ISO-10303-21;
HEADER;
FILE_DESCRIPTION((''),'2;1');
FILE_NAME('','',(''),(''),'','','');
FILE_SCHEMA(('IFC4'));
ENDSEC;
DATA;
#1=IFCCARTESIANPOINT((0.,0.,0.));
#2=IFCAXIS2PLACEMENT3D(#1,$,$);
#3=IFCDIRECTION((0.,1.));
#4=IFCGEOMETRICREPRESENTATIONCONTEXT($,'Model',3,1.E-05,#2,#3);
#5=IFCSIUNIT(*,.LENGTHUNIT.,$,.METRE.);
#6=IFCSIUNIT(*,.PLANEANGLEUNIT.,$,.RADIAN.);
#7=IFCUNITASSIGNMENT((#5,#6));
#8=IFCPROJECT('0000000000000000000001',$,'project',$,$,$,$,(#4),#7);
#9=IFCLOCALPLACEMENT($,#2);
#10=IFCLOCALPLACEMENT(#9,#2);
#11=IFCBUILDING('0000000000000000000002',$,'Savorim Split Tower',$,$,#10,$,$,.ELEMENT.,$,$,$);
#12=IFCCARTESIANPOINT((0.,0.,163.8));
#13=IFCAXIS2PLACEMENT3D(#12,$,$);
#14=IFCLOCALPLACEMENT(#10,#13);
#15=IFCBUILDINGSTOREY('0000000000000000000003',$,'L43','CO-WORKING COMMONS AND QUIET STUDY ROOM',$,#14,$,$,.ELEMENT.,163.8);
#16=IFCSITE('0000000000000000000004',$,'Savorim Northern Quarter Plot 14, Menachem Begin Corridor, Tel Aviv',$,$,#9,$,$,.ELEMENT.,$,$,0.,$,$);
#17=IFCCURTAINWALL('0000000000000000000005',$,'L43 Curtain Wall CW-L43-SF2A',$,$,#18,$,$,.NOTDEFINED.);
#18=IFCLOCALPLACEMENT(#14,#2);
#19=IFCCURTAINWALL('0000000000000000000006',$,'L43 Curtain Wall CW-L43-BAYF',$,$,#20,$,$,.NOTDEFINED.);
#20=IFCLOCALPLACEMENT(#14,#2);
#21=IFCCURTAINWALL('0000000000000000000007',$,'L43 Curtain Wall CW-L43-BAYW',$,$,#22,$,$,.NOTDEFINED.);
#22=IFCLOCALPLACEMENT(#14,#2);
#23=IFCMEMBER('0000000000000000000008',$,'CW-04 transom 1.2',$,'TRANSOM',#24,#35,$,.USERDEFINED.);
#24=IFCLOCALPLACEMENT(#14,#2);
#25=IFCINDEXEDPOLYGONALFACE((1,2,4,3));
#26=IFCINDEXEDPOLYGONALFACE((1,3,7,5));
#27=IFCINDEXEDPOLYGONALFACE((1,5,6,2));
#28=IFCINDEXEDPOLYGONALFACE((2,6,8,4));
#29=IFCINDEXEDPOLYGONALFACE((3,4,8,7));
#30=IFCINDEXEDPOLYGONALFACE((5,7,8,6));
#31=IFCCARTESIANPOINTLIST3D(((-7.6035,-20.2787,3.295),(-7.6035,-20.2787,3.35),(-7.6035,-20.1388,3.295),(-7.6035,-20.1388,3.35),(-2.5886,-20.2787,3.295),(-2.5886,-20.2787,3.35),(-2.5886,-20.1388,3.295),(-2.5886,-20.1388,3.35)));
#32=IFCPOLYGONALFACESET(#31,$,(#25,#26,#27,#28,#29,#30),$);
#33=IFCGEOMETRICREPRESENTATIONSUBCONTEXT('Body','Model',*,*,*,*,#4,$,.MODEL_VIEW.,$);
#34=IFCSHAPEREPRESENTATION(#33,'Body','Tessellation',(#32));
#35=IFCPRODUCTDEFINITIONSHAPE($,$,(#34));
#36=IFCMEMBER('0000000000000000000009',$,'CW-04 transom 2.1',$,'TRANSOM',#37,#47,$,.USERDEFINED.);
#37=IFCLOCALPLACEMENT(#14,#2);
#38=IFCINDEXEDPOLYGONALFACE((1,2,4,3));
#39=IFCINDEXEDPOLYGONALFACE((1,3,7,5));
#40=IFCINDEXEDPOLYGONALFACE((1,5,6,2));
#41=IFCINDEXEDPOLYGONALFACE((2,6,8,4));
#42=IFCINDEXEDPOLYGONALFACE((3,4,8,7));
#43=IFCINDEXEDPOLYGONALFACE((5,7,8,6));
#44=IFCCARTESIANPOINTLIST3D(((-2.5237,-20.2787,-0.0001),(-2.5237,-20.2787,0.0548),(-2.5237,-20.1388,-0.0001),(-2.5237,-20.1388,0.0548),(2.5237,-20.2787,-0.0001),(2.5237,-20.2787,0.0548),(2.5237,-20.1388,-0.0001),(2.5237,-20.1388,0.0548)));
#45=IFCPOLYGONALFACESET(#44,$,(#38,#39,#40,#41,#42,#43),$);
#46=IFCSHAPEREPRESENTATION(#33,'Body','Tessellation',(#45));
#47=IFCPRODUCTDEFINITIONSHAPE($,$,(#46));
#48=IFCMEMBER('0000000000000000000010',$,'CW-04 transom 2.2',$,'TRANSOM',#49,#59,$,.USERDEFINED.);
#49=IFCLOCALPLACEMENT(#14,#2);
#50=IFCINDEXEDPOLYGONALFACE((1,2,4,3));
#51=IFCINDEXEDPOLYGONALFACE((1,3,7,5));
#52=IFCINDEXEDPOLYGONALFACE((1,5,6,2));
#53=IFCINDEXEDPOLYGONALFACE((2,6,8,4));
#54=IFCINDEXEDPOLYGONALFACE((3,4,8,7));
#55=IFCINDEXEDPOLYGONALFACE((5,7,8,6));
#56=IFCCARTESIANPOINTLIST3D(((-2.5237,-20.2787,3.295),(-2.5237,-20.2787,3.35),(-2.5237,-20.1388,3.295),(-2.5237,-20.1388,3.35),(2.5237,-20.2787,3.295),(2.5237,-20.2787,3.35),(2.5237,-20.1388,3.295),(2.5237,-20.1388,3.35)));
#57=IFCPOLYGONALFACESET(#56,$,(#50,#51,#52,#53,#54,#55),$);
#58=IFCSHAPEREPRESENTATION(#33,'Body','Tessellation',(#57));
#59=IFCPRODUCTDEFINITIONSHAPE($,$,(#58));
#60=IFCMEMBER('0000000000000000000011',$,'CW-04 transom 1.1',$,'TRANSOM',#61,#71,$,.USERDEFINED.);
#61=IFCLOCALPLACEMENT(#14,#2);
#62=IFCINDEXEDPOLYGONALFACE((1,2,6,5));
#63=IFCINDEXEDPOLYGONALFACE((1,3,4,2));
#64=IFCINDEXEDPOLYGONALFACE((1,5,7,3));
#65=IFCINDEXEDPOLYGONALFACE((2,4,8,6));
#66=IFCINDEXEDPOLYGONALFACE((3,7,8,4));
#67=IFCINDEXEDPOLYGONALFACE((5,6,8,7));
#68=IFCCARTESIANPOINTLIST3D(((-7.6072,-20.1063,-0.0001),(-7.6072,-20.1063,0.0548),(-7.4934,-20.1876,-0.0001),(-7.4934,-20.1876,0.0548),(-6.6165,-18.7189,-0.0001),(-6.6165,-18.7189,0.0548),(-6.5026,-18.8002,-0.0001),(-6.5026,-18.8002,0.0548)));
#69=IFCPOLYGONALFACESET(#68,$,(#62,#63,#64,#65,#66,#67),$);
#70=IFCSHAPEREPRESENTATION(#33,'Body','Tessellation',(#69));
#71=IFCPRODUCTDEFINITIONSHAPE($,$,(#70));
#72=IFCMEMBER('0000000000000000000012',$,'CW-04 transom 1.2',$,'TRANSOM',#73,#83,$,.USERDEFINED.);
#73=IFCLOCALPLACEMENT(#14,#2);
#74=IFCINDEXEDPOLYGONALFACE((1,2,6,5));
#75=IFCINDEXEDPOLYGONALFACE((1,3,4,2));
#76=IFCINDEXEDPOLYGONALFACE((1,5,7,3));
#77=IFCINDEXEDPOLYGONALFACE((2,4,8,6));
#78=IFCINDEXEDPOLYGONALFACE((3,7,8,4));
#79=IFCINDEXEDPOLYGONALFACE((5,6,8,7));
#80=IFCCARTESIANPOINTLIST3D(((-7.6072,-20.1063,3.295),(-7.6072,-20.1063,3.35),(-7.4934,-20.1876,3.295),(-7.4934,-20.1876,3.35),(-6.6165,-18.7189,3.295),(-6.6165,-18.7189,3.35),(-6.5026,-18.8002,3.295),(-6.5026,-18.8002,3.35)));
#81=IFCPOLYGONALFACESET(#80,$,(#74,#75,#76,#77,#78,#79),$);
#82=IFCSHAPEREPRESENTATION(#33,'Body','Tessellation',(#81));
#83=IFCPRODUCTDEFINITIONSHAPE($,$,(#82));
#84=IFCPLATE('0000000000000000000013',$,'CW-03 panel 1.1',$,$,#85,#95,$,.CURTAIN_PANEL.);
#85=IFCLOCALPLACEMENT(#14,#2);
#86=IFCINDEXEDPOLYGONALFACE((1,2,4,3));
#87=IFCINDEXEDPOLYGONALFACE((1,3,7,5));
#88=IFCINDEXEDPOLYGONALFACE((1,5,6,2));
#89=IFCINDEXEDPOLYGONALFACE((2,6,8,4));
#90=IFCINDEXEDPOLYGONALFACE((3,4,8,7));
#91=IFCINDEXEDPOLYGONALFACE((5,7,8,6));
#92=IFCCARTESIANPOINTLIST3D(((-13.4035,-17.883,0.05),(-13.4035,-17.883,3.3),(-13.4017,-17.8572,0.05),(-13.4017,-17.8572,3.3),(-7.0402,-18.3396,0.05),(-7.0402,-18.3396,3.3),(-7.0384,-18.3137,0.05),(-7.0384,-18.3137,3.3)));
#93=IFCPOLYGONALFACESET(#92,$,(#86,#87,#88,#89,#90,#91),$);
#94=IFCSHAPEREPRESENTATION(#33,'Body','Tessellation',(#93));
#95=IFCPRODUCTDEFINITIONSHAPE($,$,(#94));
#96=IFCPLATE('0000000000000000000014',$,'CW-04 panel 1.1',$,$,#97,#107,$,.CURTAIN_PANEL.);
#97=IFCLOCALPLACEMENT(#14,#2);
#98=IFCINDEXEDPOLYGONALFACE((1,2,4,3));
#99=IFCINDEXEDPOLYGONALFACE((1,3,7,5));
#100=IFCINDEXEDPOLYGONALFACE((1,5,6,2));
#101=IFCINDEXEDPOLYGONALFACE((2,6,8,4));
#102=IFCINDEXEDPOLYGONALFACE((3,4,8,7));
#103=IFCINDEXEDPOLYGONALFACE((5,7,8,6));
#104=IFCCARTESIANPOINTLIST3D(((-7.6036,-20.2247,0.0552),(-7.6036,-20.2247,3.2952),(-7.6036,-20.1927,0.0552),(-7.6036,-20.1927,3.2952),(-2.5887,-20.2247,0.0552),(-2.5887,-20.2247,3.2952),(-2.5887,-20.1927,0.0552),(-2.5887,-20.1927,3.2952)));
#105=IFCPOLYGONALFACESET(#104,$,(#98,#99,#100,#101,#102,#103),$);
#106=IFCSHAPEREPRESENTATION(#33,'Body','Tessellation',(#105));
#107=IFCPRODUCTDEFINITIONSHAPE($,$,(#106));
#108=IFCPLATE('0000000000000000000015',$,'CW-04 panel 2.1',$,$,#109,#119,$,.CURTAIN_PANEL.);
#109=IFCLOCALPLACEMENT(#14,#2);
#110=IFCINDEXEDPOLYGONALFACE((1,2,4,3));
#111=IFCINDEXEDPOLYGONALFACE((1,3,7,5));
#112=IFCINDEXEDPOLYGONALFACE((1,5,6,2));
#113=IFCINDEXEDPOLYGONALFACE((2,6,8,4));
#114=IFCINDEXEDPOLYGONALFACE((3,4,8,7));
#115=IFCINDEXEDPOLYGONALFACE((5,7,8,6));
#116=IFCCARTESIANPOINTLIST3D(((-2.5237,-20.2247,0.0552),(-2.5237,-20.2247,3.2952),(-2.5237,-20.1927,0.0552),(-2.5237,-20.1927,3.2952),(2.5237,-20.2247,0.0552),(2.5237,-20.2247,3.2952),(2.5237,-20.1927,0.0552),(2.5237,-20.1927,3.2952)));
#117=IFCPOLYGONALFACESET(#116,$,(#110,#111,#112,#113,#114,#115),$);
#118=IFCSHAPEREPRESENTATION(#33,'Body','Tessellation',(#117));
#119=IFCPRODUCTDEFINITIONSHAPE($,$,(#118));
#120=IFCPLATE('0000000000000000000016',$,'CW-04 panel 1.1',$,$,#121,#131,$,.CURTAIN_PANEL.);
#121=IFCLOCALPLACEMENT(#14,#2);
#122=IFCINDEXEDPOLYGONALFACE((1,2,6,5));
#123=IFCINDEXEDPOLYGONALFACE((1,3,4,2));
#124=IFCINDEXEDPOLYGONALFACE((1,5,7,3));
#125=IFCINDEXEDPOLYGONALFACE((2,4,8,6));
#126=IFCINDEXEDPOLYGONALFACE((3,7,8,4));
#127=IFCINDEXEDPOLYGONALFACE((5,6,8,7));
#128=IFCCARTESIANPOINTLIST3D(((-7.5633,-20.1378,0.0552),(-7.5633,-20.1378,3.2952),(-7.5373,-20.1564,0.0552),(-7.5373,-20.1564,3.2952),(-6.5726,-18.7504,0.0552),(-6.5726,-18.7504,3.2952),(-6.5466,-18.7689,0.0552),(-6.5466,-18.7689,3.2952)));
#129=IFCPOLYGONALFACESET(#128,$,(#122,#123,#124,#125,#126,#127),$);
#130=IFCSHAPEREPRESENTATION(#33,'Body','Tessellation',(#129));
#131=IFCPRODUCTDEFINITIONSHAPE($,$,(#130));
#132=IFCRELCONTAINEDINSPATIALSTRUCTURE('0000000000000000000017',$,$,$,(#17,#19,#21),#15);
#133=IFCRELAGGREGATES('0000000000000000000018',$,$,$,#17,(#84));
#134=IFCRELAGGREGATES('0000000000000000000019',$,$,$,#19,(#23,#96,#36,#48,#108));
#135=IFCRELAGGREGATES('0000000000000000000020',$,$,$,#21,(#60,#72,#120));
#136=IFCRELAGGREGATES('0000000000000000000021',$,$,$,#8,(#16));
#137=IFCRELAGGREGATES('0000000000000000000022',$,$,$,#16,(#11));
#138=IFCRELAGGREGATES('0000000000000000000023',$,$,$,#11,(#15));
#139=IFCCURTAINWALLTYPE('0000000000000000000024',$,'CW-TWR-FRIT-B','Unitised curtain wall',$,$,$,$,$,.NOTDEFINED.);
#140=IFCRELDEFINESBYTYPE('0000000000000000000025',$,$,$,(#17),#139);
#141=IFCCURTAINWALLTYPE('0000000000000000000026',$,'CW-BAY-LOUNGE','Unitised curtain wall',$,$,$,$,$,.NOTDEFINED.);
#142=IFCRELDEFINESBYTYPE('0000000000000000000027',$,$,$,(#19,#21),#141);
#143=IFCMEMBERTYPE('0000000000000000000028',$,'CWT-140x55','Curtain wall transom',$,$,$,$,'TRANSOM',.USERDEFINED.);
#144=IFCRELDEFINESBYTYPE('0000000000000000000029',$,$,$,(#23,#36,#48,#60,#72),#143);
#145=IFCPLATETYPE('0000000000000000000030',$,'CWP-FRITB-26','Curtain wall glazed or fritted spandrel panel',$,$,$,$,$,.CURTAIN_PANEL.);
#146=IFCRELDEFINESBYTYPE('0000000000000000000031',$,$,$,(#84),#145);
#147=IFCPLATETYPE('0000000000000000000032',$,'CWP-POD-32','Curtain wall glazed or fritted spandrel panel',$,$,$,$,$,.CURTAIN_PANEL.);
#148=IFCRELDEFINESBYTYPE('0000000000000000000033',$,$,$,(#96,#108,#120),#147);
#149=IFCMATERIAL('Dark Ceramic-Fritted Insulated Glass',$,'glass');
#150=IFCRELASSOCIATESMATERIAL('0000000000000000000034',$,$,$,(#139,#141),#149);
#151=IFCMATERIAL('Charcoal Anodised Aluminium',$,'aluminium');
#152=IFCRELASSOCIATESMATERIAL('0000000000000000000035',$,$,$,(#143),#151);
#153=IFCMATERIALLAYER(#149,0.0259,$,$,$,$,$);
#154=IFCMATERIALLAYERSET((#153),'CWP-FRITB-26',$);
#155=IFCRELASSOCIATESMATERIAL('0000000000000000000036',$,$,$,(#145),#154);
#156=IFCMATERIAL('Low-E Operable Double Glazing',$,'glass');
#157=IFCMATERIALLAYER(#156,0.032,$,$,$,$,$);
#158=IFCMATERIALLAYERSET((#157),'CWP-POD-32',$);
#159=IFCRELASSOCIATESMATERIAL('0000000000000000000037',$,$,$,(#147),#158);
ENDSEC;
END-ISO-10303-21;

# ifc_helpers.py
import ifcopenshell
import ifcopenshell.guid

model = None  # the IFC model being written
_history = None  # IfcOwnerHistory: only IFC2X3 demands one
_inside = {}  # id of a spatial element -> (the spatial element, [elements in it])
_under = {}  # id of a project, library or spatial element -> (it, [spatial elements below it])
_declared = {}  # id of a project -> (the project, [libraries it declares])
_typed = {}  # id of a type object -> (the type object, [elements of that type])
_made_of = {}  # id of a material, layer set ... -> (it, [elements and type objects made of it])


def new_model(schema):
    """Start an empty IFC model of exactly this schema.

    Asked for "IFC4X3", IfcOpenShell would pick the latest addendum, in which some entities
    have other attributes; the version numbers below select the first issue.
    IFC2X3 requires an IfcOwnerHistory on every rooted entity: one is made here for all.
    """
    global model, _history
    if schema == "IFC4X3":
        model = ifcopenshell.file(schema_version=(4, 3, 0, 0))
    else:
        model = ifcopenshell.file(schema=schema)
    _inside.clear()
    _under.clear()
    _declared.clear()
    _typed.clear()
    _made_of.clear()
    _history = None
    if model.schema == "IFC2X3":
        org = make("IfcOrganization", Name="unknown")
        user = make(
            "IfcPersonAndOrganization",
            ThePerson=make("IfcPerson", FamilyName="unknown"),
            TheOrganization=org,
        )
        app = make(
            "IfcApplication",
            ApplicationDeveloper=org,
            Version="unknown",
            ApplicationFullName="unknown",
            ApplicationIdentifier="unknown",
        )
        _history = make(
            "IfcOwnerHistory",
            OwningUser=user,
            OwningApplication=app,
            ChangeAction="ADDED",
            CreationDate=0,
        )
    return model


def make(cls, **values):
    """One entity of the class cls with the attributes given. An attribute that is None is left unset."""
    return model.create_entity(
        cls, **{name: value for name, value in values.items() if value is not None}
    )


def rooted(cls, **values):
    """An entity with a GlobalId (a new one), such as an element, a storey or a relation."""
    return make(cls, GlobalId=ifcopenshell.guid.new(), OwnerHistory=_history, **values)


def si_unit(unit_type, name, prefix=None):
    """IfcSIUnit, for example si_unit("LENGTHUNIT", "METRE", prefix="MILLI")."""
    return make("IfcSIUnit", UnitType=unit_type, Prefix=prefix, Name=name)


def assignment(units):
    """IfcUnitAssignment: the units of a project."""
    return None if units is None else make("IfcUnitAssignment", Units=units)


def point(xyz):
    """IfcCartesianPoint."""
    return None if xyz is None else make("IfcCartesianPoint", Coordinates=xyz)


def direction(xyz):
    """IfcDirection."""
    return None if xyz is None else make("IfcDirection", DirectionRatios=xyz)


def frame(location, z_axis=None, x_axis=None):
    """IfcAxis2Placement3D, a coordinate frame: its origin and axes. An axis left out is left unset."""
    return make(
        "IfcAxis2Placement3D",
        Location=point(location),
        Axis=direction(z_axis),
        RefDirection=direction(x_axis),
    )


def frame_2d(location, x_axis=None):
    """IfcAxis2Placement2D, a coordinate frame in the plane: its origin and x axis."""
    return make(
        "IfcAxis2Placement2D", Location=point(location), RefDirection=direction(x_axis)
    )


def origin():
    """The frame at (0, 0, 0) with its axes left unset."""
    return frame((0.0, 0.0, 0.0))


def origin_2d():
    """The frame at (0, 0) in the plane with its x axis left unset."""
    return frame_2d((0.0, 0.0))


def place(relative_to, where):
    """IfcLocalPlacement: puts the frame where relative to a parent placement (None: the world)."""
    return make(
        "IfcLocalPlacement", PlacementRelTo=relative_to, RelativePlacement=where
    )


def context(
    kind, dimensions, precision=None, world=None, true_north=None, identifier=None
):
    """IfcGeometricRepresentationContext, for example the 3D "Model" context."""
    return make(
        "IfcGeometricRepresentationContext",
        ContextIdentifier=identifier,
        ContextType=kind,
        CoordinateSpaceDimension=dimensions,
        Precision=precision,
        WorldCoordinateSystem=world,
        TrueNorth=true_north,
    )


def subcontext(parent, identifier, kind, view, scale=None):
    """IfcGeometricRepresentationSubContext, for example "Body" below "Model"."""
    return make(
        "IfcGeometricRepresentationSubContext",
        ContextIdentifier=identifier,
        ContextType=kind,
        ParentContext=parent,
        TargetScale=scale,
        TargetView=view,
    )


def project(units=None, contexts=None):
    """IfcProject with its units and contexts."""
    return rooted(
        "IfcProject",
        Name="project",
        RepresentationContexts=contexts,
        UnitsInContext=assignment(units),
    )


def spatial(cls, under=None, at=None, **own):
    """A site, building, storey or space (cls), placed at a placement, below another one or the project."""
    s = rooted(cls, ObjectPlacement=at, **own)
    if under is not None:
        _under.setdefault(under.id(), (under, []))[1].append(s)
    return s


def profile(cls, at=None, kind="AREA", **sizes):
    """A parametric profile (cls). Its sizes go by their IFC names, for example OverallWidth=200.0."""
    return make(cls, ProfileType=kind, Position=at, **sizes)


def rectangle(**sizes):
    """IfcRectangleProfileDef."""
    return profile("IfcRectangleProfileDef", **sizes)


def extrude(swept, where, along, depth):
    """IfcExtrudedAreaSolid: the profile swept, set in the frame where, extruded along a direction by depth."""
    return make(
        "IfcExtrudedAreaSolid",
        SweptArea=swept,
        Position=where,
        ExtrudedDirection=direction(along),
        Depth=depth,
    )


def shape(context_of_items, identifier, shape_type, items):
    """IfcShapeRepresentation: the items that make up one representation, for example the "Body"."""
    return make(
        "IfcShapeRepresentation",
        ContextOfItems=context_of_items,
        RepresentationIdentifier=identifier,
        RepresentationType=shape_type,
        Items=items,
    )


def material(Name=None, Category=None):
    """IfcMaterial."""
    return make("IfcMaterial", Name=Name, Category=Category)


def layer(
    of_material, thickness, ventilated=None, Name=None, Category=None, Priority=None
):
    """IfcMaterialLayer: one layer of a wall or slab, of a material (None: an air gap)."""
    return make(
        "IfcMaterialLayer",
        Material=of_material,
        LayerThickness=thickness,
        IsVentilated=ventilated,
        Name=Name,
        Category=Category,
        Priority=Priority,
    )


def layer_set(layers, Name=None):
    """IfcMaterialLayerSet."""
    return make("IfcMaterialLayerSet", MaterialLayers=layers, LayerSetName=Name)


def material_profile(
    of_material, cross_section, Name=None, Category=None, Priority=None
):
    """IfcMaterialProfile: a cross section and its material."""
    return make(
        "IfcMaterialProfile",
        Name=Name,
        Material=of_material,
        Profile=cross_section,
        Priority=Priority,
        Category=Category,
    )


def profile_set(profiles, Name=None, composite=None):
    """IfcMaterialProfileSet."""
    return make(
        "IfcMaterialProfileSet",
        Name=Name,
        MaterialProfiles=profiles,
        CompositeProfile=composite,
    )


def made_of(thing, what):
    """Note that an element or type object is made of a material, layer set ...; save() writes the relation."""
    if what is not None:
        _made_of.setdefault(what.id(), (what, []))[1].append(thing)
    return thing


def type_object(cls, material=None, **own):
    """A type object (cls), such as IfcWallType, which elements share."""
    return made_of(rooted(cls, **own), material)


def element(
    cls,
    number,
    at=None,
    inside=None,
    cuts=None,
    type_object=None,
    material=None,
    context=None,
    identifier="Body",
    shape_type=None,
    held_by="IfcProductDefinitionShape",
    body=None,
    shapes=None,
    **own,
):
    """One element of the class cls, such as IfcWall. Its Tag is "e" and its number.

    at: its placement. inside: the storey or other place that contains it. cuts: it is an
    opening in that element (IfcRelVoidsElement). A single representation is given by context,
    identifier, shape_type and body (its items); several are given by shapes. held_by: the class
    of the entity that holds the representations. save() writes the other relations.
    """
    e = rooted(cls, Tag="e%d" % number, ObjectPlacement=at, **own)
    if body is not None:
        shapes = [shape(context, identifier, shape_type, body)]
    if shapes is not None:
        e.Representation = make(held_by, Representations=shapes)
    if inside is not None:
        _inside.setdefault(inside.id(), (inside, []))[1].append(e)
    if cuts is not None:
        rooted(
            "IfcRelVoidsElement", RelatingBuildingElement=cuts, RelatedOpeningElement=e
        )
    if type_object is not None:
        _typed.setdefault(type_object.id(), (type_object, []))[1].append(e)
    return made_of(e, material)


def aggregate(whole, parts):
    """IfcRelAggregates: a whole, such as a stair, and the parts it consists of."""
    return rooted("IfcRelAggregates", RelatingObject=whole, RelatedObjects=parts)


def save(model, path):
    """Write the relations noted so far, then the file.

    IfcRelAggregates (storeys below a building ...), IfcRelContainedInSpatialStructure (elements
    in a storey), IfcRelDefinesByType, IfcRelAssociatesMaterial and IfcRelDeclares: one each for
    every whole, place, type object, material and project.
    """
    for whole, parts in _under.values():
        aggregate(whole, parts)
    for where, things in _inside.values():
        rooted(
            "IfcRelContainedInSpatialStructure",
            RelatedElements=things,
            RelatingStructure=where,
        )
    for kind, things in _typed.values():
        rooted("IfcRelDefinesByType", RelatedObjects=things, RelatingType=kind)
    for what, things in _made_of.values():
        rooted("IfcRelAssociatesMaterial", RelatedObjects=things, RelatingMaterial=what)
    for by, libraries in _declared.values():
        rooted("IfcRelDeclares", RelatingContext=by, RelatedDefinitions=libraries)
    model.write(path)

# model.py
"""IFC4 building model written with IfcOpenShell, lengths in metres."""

from ifc_helpers import new_model, si_unit, direction, frame, origin, origin_2d, place, context, subcontext, project, spatial, rectangle, extrude, material, layer, layer_set, material_profile, profile_set, type_object, element, aggregate, save


model = new_model("IFC4")

# Units and contexts
model_context = context("Model", 3, precision=1e-05, world=origin(), true_north=direction((0.0, 1.0)))
body_context = subcontext(model_context, "Body", "Model", "MODEL_VIEW")
ifc_project = project(units=[si_unit("LENGTHUNIT", "METRE"), si_unit("PLANEANGLEUNIT", "RADIAN")], contexts=[model_context])

# Site, building, storey
site_placement = place(None, origin())
site = spatial("IfcSite", under=ifc_project, at=site_placement, Name="Savorim Northern Quarter Plot 14, Menachem Begin Corridor, Tel Aviv", CompositionType="ELEMENT", RefElevation=0.0)
building_placement = place(site_placement, origin())
building = spatial("IfcBuilding", under=site, at=building_placement, Name="Savorim Split Tower", CompositionType="ELEMENT")
storey_placement = place(building_placement, frame((0.0, 0.0, 163.8)))
storey = spatial("IfcBuildingStorey", under=building, at=storey_placement, Name="L43", Description="CO-WORKING COMMONS AND QUIET STUDY ROOM", CompositionType="ELEMENT", Elevation=163.8)

# Curtain wall
ifc_material_1 = material(Name="Dark Ceramic-Fritted Insulated Glass", Category="glass")
curtain_wall_type_1 = type_object("IfcCurtainWallType", Name="CW-TWR-FRIT-B", Description="Unitised curtain wall", PredefinedType="NOTDEFINED", material=ifc_material_1)
curtain_wall_1_placement = place(storey_placement, origin())
curtain_wall_1 = element("IfcCurtainWall", 1, at=curtain_wall_1_placement, inside=storey, type_object=curtain_wall_type_1, Name="L43 Curtain Wall CW-L43-SF2A", PredefinedType="NOTDEFINED")
ifc_material_2 = material(Name="Charcoal Anodised Aluminium", Category="aluminium")

# Curtain walls
curtain_wall_type_2 = type_object("IfcCurtainWallType", Name="CW-BAY-LOUNGE", Description="Unitised curtain wall", PredefinedType="NOTDEFINED", material=ifc_material_1)
curtain_wall_2_placement = place(storey_placement, origin())
curtain_wall_2 = element("IfcCurtainWall", 2, at=curtain_wall_2_placement, inside=storey, type_object=curtain_wall_type_2, Name="L43 Curtain Wall CW-L43-BAYF", PredefinedType="NOTDEFINED")
curtain_wall_3_placement = place(storey_placement, origin())
curtain_wall_3 = element("IfcCurtainWall", 3, at=curtain_wall_3_placement, inside=storey, type_object=curtain_wall_type_2, Name="L43 Curtain Wall CW-L43-BAYW", PredefinedType="NOTDEFINED")

# Members
ifc_material_profile_1 = material_profile(ifc_material_2, rectangle(XDim=0.1399, YDim=0.0549, at=origin_2d()), Name="ALU-T 140x55")
ifc_profile_set_1 = profile_set([ifc_material_profile_1], Name="Charcoal Anodised Aluminium")
member_type_1 = type_object("IfcMemberType", Name="CWT-140x55", Description="Curtain wall transom", ElementType="TRANSOM", PredefinedType="USERDEFINED", material=ifc_profile_set_1)
member_1_placement = place(storey_placement, frame((-7.6035, -20.2087, 3.3225), z_axis=(1.0, 0.0, 0.0), x_axis=(0.0, 1.0, 0.0)))
member_1 = element("IfcMember", 4, at=member_1_placement, type_object=member_type_1, Name="CW-04 transom 1.2", ObjectType="TRANSOM", PredefinedType="USERDEFINED", context=body_context, shape_type="SweptSolid", body=[
    extrude(rectangle(XDim=0.1399, YDim=0.0549, at=origin_2d()), origin(), (0.0, 0.0, 1.0), 5.0149),
])
member_2_placement = place(storey_placement, frame((-2.5237, -20.2087, 0.0273), z_axis=(1.0, 0.0, 0.0), x_axis=(0.0, 1.0, 0.0)))
member_2 = element("IfcMember", 5, at=member_2_placement, type_object=member_type_1, Name="CW-04 transom 2.1", ObjectType="TRANSOM", PredefinedType="USERDEFINED", context=body_context, shape_type="SweptSolid", body=[
    extrude(rectangle(XDim=0.1399, YDim=0.0549, at=origin_2d()), origin(), (0.0, 0.0, 1.0), 5.0474),
])
member_3_placement = place(storey_placement, frame((-2.5237, -20.2087, 3.3225), z_axis=(1.0, 0.0, 0.0), x_axis=(0.0, 1.0, 0.0)))
member_3 = element("IfcMember", 6, at=member_3_placement, type_object=member_type_1, Name="CW-04 transom 2.2", ObjectType="TRANSOM", PredefinedType="USERDEFINED", context=body_context, shape_type="SweptSolid", body=[
    extrude(rectangle(XDim=0.1399, YDim=0.0549, at=origin_2d()), origin(), (0.0, 0.0, 1.0), 5.0474),
])
member_4_placement = place(storey_placement, frame((-6.5596, -18.7595, 0.0273), z_axis=(-0.581116, -0.813821, 0.0), x_axis=(0.813821, -0.581116, 0.0)))
member_4 = element("IfcMember", 7, at=member_4_placement, type_object=member_type_1, Name="CW-04 transom 1.1", ObjectType="TRANSOM", PredefinedType="USERDEFINED", context=body_context, shape_type="SweptSolid", body=[
    extrude(rectangle(XDim=0.1399, YDim=0.0549, at=origin_2d()), origin(), (0.0, 0.0, 1.0), 1.7048),
])
member_5_placement = place(storey_placement, frame((-6.5596, -18.7595, 3.3225), z_axis=(-0.581116, -0.813821, 0.0), x_axis=(0.813821, -0.581116, 0.0)))
member_5 = element("IfcMember", 8, at=member_5_placement, type_object=member_type_1, Name="CW-04 transom 1.2", ObjectType="TRANSOM", PredefinedType="USERDEFINED", context=body_context, shape_type="SweptSolid", body=[
    extrude(rectangle(XDim=0.1399, YDim=0.0549, at=origin_2d()), origin(), (0.0, 0.0, 1.0), 1.7048),
])

# Plates
ifc_layer_1 = layer(ifc_material_1, 0.0259)
ifc_layer_set_1 = layer_set([ifc_layer_1], Name="CWP-FRITB-26")
plate_type_1 = type_object("IfcPlateType", Name="CWP-FRITB-26", Description="Curtain wall glazed or fritted spandrel panel", PredefinedType="CURTAIN_PANEL", material=ifc_layer_set_1)
plate_1_placement = place(storey_placement, frame((-10.2209, -18.0984, 0.05), z_axis=(0.0, 0.0, 1.0), x_axis=(0.997436, -0.071558, 0.0)))
plate_1 = element("IfcPlate", 9, at=plate_1_placement, type_object=plate_type_1, Name="CW-03 panel 1.1", PredefinedType="CURTAIN_PANEL", context=body_context, shape_type="SweptSolid", body=[
    extrude(rectangle(XDim=6.3796, YDim=0.0259, at=origin_2d()), origin(), (0.0, 0.0, 1.0), 3.25),
])
aggregate(curtain_wall_1, [plate_1])
ifc_material_3 = material(Name="Low-E Operable Double Glazing", Category="glass")
ifc_layer_2 = layer(ifc_material_3, 0.032)
ifc_layer_set_2 = layer_set([ifc_layer_2], Name="CWP-POD-32")
plate_type_2 = type_object("IfcPlateType", Name="CWP-POD-32", Description="Curtain wall glazed or fritted spandrel panel", PredefinedType="CURTAIN_PANEL", material=ifc_layer_set_2)
plate_2_placement = place(storey_placement, frame((-5.0962, -20.2087, 0.0552), z_axis=(0.0, 0.0, 1.0), x_axis=(1.0, 0.0, 0.0)))
plate_2 = element("IfcPlate", 10, at=plate_2_placement, type_object=plate_type_2, Name="CW-04 panel 1.1", PredefinedType="CURTAIN_PANEL", context=body_context, shape_type="SweptSolid", body=[
    extrude(rectangle(XDim=5.0149, YDim=0.032, at=origin_2d()), origin(), (0.0, 0.0, 1.0), 3.24),
])
plate_3_placement = place(storey_placement, frame((0.0, -20.2087, 0.0552), z_axis=(0.0, 0.0, 1.0), x_axis=(1.0, 0.0, 0.0)))
plate_3 = element("IfcPlate", 11, at=plate_3_placement, type_object=plate_type_2, Name="CW-04 panel 2.1", PredefinedType="CURTAIN_PANEL", context=body_context, shape_type="SweptSolid", body=[
    extrude(rectangle(XDim=5.0474, YDim=0.032, at=origin_2d()), origin(), (0.0, 0.0, 1.0), 3.24),
])
aggregate(curtain_wall_2, [member_1, plate_2, member_2, member_3, plate_3])
plate_4_placement = place(storey_placement, frame((-7.0549, -19.4534, 0.0552), z_axis=(0.0, 0.0, 1.0), x_axis=(-0.581114, -0.813822, 0.0)))
plate_4 = element("IfcPlate", 12, at=plate_4_placement, type_object=plate_type_2, Name="CW-04 panel 1.1", PredefinedType="CURTAIN_PANEL", context=body_context, shape_type="SweptSolid", body=[
    extrude(rectangle(XDim=1.7048, YDim=0.032, at=origin_2d()), origin(), (0.0, 0.0, 1.0), 3.24),
])
aggregate(curtain_wall_3, [member_4, member_5, plate_4])

save(model, "model.ifc")
